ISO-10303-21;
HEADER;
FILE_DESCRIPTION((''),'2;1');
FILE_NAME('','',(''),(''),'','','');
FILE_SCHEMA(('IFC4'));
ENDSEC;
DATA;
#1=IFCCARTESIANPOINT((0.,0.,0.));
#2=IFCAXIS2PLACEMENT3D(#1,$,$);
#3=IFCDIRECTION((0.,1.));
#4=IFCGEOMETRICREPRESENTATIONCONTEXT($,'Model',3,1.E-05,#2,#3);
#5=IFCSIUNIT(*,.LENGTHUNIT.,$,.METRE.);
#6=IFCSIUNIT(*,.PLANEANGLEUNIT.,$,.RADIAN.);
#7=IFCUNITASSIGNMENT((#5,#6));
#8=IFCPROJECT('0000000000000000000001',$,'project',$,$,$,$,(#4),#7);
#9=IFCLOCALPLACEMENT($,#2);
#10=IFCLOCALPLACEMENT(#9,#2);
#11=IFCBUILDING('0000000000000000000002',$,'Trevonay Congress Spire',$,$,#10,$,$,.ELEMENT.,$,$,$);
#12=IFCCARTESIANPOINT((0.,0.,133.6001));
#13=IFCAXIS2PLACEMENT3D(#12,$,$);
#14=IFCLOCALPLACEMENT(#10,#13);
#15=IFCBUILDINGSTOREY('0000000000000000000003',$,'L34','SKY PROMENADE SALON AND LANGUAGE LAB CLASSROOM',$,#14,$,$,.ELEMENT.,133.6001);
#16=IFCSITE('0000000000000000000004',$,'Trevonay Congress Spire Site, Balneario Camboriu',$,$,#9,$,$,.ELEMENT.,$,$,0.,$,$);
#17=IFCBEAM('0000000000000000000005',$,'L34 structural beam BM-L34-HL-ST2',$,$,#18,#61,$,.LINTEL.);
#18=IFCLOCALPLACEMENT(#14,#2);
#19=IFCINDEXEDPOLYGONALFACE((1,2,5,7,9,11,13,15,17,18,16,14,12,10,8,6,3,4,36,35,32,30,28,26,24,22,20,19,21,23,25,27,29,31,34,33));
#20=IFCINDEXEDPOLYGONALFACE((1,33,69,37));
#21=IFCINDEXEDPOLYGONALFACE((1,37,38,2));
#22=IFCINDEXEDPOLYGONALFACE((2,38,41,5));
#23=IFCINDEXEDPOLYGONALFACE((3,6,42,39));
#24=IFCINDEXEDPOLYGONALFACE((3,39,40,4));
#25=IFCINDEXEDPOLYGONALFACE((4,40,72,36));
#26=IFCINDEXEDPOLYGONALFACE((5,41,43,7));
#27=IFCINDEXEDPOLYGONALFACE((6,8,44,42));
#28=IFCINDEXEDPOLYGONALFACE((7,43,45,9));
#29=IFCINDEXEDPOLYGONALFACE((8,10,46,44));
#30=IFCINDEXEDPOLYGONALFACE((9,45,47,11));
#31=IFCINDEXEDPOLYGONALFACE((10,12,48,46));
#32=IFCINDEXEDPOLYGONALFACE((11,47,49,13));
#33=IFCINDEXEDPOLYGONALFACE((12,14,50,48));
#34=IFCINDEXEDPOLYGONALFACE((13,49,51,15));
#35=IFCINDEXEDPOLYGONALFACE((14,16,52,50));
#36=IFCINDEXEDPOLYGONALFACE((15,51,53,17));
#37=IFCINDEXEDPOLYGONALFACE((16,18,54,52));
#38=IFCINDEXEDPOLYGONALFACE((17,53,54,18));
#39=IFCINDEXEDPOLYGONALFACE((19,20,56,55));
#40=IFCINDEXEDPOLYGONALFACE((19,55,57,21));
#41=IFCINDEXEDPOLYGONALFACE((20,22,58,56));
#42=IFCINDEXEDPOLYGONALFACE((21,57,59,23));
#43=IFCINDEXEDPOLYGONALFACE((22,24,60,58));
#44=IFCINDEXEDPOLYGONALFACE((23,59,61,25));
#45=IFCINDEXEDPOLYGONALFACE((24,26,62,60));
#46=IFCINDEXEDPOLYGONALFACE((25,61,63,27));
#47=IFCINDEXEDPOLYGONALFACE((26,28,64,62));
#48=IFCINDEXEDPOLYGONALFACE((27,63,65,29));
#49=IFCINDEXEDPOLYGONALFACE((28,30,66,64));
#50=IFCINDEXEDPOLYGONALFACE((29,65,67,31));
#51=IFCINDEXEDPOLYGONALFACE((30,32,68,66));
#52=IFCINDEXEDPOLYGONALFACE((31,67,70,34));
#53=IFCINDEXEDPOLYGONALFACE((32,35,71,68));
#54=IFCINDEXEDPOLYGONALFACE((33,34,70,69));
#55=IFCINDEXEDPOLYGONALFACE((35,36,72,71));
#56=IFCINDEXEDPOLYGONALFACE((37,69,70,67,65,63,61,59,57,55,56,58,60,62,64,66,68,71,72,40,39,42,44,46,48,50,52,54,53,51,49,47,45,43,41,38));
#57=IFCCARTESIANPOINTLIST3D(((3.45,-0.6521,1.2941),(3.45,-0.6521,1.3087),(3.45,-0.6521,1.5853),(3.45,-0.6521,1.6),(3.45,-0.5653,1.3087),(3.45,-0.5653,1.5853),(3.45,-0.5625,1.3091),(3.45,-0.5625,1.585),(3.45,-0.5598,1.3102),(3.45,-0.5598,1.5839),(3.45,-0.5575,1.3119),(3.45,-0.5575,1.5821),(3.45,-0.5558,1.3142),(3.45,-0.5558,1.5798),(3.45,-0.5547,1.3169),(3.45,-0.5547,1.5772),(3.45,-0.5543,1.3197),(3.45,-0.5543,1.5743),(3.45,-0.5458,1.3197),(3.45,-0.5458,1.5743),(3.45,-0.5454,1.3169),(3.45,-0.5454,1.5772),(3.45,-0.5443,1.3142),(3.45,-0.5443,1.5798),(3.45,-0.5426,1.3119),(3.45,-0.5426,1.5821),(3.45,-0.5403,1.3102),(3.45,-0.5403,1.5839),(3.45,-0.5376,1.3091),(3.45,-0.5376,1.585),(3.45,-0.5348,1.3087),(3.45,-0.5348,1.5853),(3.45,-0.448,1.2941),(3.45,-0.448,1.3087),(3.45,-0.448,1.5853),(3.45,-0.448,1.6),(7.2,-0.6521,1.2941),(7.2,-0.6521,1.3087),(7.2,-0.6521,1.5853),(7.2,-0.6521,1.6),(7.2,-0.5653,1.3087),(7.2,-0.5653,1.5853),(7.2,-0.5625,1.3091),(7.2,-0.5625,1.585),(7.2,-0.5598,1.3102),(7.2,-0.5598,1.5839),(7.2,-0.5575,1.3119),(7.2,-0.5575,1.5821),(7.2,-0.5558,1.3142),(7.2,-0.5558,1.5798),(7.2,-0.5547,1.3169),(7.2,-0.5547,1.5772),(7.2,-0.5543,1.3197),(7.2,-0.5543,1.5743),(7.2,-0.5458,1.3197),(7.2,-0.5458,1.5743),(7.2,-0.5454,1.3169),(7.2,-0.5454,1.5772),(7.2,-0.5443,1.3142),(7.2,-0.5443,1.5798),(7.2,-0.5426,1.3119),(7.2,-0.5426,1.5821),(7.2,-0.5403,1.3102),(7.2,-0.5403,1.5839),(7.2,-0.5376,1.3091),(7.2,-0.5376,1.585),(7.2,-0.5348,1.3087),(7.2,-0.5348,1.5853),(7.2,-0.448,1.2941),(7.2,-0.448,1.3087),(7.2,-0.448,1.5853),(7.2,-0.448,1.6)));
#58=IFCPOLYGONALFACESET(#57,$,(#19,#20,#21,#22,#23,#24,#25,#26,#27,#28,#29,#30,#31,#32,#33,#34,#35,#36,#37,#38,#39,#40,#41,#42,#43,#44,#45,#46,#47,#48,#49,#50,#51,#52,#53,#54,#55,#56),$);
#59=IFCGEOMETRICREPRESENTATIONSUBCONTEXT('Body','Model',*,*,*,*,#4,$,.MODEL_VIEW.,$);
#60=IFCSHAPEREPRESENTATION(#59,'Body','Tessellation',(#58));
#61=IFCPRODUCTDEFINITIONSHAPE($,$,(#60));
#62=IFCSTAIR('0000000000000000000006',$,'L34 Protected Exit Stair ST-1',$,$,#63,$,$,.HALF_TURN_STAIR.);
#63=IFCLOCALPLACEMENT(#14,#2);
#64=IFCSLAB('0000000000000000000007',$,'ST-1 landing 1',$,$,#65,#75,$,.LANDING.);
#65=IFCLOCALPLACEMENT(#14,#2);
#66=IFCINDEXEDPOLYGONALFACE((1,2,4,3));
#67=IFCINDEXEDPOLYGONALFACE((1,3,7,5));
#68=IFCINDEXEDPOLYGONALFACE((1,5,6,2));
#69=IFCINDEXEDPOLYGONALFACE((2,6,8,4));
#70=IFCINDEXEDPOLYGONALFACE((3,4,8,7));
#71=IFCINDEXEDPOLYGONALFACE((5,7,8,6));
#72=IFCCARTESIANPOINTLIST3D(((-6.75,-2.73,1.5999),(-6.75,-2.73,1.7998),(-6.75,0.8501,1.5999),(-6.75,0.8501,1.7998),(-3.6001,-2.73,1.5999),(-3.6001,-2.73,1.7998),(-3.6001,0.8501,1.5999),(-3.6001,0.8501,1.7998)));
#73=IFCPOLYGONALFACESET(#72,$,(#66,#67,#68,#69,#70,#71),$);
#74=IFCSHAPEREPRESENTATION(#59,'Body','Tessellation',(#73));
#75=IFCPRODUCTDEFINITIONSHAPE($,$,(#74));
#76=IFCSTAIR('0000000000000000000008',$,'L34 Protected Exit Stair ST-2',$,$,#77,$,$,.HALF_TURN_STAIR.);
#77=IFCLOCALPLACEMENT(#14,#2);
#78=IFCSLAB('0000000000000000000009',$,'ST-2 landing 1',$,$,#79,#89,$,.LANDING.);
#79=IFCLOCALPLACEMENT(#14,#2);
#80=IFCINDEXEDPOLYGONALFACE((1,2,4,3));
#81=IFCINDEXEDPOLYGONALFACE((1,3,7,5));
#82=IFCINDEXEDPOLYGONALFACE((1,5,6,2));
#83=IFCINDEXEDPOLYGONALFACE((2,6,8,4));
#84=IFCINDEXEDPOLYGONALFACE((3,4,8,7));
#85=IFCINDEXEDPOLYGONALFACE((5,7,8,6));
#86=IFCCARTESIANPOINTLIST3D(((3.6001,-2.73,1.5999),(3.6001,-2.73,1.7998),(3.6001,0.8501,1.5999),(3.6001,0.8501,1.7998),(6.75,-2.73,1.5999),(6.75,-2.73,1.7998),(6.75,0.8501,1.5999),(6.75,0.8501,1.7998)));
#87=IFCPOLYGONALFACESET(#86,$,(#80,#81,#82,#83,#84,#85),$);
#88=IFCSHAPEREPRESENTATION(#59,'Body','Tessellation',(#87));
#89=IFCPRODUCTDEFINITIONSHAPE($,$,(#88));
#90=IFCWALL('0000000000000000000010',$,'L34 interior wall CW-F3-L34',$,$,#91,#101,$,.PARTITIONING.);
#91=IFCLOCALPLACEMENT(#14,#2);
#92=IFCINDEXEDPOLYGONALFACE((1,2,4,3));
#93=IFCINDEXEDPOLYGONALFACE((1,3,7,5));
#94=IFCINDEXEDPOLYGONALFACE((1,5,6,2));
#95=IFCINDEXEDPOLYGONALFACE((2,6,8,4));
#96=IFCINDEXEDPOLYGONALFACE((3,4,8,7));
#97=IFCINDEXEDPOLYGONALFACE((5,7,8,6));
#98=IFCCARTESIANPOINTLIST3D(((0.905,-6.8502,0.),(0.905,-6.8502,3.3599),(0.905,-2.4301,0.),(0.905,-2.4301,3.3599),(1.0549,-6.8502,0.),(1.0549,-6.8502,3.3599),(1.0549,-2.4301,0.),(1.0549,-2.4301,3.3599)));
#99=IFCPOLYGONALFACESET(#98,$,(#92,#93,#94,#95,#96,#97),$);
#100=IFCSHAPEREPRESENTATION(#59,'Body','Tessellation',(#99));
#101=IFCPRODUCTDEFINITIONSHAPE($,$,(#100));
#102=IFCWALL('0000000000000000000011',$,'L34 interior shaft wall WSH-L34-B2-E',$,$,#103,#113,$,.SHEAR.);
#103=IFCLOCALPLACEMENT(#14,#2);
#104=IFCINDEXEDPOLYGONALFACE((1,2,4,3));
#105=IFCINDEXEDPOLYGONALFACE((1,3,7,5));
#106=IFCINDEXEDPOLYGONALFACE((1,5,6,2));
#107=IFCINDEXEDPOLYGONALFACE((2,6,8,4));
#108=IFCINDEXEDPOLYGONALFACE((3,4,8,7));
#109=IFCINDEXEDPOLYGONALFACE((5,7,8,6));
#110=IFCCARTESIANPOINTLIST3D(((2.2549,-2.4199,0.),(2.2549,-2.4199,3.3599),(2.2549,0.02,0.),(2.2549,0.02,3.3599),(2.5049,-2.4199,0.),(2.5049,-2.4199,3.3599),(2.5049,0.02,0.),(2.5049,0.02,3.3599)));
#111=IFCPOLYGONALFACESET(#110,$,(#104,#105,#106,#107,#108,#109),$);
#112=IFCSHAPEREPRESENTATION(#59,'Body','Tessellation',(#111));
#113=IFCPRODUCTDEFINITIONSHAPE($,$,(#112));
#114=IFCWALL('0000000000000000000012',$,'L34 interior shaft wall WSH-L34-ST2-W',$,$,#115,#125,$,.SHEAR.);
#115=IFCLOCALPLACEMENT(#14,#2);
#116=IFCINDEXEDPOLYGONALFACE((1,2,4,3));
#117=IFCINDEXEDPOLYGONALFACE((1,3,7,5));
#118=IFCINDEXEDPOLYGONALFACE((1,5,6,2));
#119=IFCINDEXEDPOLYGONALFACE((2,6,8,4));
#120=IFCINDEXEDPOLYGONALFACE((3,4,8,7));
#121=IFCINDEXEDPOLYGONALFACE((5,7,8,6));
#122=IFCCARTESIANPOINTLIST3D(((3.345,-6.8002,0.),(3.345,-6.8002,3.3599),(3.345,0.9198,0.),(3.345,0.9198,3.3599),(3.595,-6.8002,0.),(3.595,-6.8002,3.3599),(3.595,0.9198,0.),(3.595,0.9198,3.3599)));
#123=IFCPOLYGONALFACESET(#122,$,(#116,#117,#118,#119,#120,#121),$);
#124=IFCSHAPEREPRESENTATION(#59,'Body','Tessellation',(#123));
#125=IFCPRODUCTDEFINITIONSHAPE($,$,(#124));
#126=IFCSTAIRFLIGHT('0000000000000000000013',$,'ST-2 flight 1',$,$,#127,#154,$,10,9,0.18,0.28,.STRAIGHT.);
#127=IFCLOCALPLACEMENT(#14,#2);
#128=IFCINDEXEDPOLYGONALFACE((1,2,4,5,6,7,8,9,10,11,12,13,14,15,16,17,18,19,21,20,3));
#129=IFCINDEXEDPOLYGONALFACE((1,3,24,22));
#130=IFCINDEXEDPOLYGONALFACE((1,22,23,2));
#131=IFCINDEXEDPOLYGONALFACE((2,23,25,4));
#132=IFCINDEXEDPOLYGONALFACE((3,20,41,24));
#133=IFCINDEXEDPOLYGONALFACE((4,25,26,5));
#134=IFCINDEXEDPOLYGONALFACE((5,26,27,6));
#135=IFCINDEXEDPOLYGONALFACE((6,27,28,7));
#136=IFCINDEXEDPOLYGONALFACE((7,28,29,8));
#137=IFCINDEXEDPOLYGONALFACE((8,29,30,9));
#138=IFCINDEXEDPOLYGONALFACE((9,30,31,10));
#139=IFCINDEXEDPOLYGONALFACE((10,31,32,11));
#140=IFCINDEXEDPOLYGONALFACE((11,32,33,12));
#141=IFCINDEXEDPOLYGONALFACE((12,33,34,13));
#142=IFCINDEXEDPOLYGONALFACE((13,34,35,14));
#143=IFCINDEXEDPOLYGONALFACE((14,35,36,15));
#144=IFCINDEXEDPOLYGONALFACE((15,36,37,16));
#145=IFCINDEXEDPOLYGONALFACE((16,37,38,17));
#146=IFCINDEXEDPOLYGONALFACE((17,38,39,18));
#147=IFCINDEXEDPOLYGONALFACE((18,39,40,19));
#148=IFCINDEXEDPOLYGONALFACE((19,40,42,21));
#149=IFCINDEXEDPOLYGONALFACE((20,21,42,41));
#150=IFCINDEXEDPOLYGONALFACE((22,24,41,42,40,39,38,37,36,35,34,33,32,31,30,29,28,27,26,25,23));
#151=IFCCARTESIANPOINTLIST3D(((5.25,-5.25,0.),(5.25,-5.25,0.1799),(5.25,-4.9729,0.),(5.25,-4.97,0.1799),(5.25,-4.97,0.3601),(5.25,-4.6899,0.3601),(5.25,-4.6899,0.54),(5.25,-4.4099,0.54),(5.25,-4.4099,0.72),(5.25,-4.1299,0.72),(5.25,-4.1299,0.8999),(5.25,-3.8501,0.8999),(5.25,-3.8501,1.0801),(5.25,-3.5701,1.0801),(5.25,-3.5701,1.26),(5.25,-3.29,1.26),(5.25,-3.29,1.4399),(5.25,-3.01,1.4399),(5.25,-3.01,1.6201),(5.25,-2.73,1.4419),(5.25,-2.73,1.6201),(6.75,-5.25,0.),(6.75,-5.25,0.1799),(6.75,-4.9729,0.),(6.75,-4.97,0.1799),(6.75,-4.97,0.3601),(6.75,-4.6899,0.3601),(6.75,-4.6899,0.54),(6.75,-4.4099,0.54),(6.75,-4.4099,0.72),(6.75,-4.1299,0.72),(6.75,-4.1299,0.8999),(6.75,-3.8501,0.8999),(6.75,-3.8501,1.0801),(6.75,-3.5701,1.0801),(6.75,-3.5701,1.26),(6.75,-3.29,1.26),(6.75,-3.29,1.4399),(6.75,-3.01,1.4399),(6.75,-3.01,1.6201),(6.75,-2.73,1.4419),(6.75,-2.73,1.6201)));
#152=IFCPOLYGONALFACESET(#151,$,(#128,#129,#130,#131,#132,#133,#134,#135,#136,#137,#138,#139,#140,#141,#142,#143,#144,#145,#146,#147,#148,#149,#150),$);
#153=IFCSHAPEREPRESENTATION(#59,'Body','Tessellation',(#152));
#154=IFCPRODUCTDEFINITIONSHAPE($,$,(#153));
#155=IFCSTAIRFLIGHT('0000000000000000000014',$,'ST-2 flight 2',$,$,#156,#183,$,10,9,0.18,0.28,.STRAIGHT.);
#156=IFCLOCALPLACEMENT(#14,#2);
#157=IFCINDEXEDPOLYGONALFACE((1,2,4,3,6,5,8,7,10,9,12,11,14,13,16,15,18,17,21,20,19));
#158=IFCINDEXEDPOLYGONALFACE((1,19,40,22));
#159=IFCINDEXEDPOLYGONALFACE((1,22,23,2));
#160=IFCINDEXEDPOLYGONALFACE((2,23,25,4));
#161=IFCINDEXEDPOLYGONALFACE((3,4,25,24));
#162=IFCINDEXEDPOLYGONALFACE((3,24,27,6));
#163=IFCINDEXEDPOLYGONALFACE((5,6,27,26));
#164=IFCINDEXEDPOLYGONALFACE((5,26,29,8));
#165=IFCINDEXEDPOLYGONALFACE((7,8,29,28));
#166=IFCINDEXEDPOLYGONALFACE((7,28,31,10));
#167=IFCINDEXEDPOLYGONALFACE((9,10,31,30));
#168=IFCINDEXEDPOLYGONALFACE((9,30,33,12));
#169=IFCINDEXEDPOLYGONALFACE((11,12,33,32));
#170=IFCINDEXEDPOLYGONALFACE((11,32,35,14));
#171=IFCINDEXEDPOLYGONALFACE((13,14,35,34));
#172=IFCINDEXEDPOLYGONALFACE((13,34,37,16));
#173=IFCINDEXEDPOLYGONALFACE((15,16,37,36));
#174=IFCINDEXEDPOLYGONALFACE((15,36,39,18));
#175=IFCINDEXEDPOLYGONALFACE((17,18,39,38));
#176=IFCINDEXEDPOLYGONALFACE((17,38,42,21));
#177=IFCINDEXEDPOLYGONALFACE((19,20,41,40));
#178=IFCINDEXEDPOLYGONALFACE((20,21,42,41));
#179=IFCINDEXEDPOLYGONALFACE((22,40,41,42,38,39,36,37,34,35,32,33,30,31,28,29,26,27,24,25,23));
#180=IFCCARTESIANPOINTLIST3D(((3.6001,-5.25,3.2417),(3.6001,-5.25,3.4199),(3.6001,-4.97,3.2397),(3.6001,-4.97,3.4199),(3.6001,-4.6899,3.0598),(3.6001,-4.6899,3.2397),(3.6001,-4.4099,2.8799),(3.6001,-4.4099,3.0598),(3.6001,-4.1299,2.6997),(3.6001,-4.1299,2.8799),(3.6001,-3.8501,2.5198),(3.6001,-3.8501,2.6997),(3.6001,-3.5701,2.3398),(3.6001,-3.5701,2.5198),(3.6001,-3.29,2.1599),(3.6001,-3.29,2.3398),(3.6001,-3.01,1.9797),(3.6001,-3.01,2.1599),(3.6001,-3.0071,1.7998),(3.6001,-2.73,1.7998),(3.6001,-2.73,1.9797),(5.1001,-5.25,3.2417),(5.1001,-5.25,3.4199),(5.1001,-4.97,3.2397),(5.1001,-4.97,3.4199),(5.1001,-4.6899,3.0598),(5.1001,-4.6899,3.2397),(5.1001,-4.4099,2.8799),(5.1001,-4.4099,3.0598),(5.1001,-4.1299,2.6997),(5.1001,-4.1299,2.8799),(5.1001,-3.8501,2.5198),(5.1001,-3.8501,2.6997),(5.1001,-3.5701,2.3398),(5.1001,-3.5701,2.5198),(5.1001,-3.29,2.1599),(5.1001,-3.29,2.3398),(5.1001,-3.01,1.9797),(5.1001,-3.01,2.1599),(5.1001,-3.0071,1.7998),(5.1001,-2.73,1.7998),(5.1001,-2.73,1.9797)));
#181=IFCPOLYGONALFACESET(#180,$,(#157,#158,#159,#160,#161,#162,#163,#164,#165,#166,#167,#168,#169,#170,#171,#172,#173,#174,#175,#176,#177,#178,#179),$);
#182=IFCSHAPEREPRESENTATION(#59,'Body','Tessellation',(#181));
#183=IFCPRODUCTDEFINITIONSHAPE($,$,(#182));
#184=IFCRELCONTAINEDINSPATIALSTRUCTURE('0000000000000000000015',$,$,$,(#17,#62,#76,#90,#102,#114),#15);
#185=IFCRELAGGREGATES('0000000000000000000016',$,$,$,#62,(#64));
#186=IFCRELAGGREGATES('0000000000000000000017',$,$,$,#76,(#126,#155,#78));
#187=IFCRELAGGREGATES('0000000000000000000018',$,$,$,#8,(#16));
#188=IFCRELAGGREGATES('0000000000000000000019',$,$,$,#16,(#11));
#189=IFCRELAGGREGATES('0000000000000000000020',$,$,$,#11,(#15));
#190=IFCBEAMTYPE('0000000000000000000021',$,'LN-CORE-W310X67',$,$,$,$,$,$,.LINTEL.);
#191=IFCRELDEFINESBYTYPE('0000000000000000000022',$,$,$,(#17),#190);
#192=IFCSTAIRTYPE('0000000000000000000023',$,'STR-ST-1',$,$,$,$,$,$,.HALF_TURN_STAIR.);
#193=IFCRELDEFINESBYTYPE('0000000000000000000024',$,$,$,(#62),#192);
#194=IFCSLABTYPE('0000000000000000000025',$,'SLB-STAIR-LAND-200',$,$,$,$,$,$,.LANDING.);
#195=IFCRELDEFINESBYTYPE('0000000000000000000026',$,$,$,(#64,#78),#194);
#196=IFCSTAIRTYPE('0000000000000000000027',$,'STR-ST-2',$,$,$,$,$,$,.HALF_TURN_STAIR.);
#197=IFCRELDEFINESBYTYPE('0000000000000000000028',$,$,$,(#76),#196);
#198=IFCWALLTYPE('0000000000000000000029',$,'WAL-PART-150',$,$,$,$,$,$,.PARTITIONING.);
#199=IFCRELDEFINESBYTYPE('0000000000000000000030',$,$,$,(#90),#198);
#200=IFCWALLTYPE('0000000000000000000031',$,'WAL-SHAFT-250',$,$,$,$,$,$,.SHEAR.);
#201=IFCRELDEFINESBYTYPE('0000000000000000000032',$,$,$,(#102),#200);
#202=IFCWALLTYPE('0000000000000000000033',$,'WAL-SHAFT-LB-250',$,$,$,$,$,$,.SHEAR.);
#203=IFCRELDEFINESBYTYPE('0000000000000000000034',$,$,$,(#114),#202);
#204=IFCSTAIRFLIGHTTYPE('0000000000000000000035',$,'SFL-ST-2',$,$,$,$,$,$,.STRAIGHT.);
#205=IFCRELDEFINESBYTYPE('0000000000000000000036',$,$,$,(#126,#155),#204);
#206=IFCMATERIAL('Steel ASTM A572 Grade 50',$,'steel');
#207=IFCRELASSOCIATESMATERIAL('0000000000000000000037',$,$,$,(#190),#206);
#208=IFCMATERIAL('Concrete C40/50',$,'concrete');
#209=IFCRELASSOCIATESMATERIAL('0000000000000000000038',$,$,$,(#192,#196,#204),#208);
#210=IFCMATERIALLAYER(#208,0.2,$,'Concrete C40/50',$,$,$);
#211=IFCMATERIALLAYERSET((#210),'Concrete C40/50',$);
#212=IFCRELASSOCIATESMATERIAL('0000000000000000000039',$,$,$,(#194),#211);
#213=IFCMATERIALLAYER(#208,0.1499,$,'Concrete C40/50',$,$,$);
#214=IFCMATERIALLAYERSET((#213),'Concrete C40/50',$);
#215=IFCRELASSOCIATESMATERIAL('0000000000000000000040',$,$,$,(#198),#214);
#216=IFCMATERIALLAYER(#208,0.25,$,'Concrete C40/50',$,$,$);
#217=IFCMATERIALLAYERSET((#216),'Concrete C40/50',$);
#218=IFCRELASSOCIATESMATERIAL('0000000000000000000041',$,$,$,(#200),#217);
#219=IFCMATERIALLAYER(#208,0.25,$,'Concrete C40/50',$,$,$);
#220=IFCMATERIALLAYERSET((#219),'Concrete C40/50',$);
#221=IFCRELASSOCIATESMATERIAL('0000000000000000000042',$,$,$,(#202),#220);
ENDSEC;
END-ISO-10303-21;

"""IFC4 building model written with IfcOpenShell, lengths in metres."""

from ifc_helpers import new_model, si_unit, direction, frame, frame_2d, origin, origin_2d, place, context, subcontext, project, spatial, polyline, rectangle, i_section, outline, extrude, material, layer, layer_set, material_profile, profile_set, type_object, element, aggregate, save


model = new_model("IFC4")

# Units and contexts
model_context = context("Model", 3, precision=1e-05, world=origin(), true_north=direction((0.0, 1.0)))
body_context = subcontext(model_context, "Body", "Model", "MODEL_VIEW")
ifc_project = project(units=[si_unit("LENGTHUNIT", "METRE"), si_unit("PLANEANGLEUNIT", "RADIAN")], contexts=[model_context])

# Site, building, storey
site_placement = place(None, origin())
site = spatial("IfcSite", under=ifc_project, at=site_placement, Name="Trevonay Congress Spire Site, Balneario Camboriu", CompositionType="ELEMENT", RefElevation=0.0)
building_placement = place(site_placement, origin())
building = spatial("IfcBuilding", under=site, at=building_placement, Name="Trevonay Congress Spire", CompositionType="ELEMENT")
storey_placement = place(building_placement, frame((0.0, 0.0, 133.6001)))
storey = spatial("IfcBuildingStorey", under=building, at=storey_placement, Name="L34", Description="SKY PROMENADE SALON AND LANGUAGE LAB CLASSROOM", CompositionType="ELEMENT", Elevation=133.6001)

# Beam
ifc_material_1 = material(Name="Steel ASTM A572 Grade 50", Category="steel")
ifc_material_profile = material_profile(ifc_material_1, i_section(OverallWidth=0.2041, OverallDepth=0.3059, WebThickness=0.0085, FlangeThickness=0.0146, FilletRadius=0.011, at=origin_2d()), Name="W310x67")
ifc_profile_set = profile_set([ifc_material_profile], Name="Steel ASTM A572 Grade 50")
beam_type = type_object("IfcBeamType", Name="LN-CORE-W310X67", PredefinedType="LINTEL", material=ifc_profile_set)
beam_placement = place(storey_placement, frame((3.45, -0.55, 1.447), z_axis=(1.0, 0.0, 0.0), x_axis=(0.0, 1.0, 0.0)))
element("IfcBeam", 1, at=beam_placement, inside=storey, type_object=beam_type, Name="L34 structural beam BM-L34-HL-ST2", PredefinedType="LINTEL", context=body_context, shape_type="SweptSolid", body=[
    extrude(i_section(OverallWidth=0.2041, OverallDepth=0.3059, WebThickness=0.0085, FlangeThickness=0.0146, FilletRadius=0.011, at=origin_2d()), origin(), (0.0, 0.0, 1.0), 3.75),
])

# Stairs, slabs
ifc_material_2 = material(Name="Concrete C40/50", Category="concrete")
stair_type_1 = type_object("IfcStairType", Name="STR-ST-1", PredefinedType="HALF_TURN_STAIR", material=ifc_material_2)
stair_1_placement = place(storey_placement, origin())
stair_1 = element("IfcStair", 2, at=stair_1_placement, inside=storey, type_object=stair_type_1, Name="L34 Protected Exit Stair ST-1", PredefinedType="HALF_TURN_STAIR")
ifc_layer_1 = layer(ifc_material_2, 0.2, Name="Concrete C40/50")
ifc_layer_set_1 = layer_set([ifc_layer_1], Name="Concrete C40/50")
slab_type = type_object("IfcSlabType", Name="SLB-STAIR-LAND-200", PredefinedType="LANDING", material=ifc_layer_set_1)
slab_1_placement = place(storey_placement, frame((0.0, 0.0, 1.5999)))
slab_1 = element("IfcSlab", 3, at=slab_1_placement, type_object=slab_type, Name="ST-1 landing 1", PredefinedType="LANDING", context=body_context, shape_type="SweptSolid", body=[
    extrude(outline(polyline([(-3.6001, -2.73), (-3.6001, 0.8501), (-6.75, 0.8501), (-6.75, -2.73), (-3.6001, -2.73)])), origin(), (0.0, 0.0, 1.0), 0.2),
])
aggregate(stair_1, [slab_1])
stair_type_2 = type_object("IfcStairType", Name="STR-ST-2", PredefinedType="HALF_TURN_STAIR", material=ifc_material_2)
stair_2_placement = place(storey_placement, origin())
stair_2 = element("IfcStair", 4, at=stair_2_placement, inside=storey, type_object=stair_type_2, Name="L34 Protected Exit Stair ST-2", PredefinedType="HALF_TURN_STAIR")
slab_2_placement = place(storey_placement, frame((0.0, 0.0, 1.5999)))
slab_2 = element("IfcSlab", 5, at=slab_2_placement, type_object=slab_type, Name="ST-2 landing 1", PredefinedType="LANDING", context=body_context, shape_type="SweptSolid", body=[
    extrude(outline(polyline([(6.75, -2.73), (6.75, 0.8501), (3.6001, 0.8501), (3.6001, -2.73), (6.75, -2.73)])), origin(), (0.0, 0.0, 1.0), 0.2),
])

# Walls
ifc_layer_2 = layer(ifc_material_2, 0.1499, Name="Concrete C40/50")
ifc_layer_set_2 = layer_set([ifc_layer_2], Name="Concrete C40/50")
wall_type_1 = type_object("IfcWallType", Name="WAL-PART-150", PredefinedType="PARTITIONING", material=ifc_layer_set_2)
wall_1_placement = place(storey_placement, frame((0.98, -6.8501, 0.0), z_axis=(0.0, 0.0, 1.0), x_axis=(0.0, 1.0, 0.0)))
element("IfcWall", 6, at=wall_1_placement, inside=storey, type_object=wall_type_1, Name="L34 interior wall CW-F3-L34", PredefinedType="PARTITIONING", context=body_context, shape_type="SweptSolid", body=[
    extrude(rectangle(XDim=4.4202, YDim=0.1499, at=frame_2d((2.21, 0.0))), origin(), (0.0, 0.0, 1.0), 3.3599),
])
ifc_layer_3 = layer(ifc_material_2, 0.25, Name="Concrete C40/50")
ifc_layer_set_3 = layer_set([ifc_layer_3], Name="Concrete C40/50")
wall_type_2 = type_object("IfcWallType", Name="WAL-SHAFT-250", PredefinedType="SHEAR", material=ifc_layer_set_3)
wall_2_placement = place(storey_placement, frame((2.3799, -2.4199, 0.0), z_axis=(0.0, 0.0, 1.0), x_axis=(0.0, 1.0, 0.0)))
element("IfcWall", 7, at=wall_2_placement, inside=storey, type_object=wall_type_2, Name="L34 interior shaft wall WSH-L34-B2-E", PredefinedType="SHEAR", context=body_context, shape_type="SweptSolid", body=[
    extrude(rectangle(XDim=2.4399, YDim=0.25, at=frame_2d((1.22, 0.0))), origin(), (0.0, 0.0, 1.0), 3.3599),
])
ifc_layer_4 = layer(ifc_material_2, 0.25, Name="Concrete C40/50")
ifc_layer_set_4 = layer_set([ifc_layer_4], Name="Concrete C40/50")
wall_type_3 = type_object("IfcWallType", Name="WAL-SHAFT-LB-250", PredefinedType="SHEAR", material=ifc_layer_set_4)
wall_3_placement = place(storey_placement, frame((3.47, -6.8, 0.0), z_axis=(0.0, 0.0, 1.0), x_axis=(0.0, 1.0, 0.0)))
element("IfcWall", 8, at=wall_3_placement, inside=storey, type_object=wall_type_3, Name="L34 interior shaft wall WSH-L34-ST2-W", PredefinedType="SHEAR", context=body_context, shape_type="SweptSolid", body=[
    extrude(rectangle(XDim=7.72, YDim=0.25, at=frame_2d((3.8599, 0.0))), origin(), (0.0, 0.0, 1.0), 3.3599),
])

# Stair flights
stair_flight_type = type_object("IfcStairFlightType", Name="SFL-ST-2", PredefinedType="STRAIGHT", material=ifc_material_2)
stair_flight_1_placement = place(storey_placement, frame((6.0, -5.25, 0.0), z_axis=(0.0, 0.0, 1.0), x_axis=(0.0, 1.0, 0.0)))
stair_flight_1 = element("IfcStairFlight", 9, at=stair_flight_1_placement, type_object=stair_flight_type, Name="ST-2 flight 1", NumberOfRisers=10, NumberOfTreads=9, PredefinedType="STRAIGHT", RiserHeight=0.18, TreadLength=0.28, context=body_context, shape_type="SweptSolid", body=[
    extrude(outline(polyline([(0.0, 0.0), (0.0, 0.1799), (0.28, 0.1799), (0.28, 0.3601), (0.5601, 0.3601), (0.5601, 0.54), (0.8401, 0.54), (0.8401, 0.72), (1.1201, 0.72), (1.1201, 0.8999), (1.3999, 0.8999), (1.3999, 1.0801), (1.6799, 1.0801), (1.6799, 1.26), (1.96, 1.26), (1.96, 1.4399), (2.24, 1.4399), (2.24, 1.6201), (2.52, 1.6201), (2.52, 1.8), (2.52, 1.4419), (0.2771, 0.0), (0.0, 0.0)])), frame((0.0, 0.75, 0.0), z_axis=(0.0, -1.0, 0.0), x_axis=(1.0, 0.0, 0.0)), (0.0, 0.0, 1.0), 1.5),
])
stair_flight_2_placement = place(storey_placement, frame((4.3501, -2.73, 1.7998), z_axis=(0.0, 0.0, 1.0), x_axis=(0.0, -1.0, 0.0)))
stair_flight_2 = element("IfcStairFlight", 10, at=stair_flight_2_placement, type_object=stair_flight_type, Name="ST-2 flight 2", NumberOfRisers=10, NumberOfTreads=9, PredefinedType="STRAIGHT", RiserHeight=0.18, TreadLength=0.28, context=body_context, shape_type="SweptSolid", body=[
    extrude(outline(polyline([(0.0, 0.0), (0.0, 0.1799), (0.28, 0.1799), (0.28, 0.3601), (0.5601, 0.3601), (0.5601, 0.54), (0.8401, 0.54), (0.8401, 0.72), (1.1201, 0.72), (1.1201, 0.8999), (1.3999, 0.8999), (1.3999, 1.0801), (1.6799, 1.0801), (1.6799, 1.26), (1.96, 1.26), (1.96, 1.4399), (2.24, 1.4399), (2.24, 1.6201), (2.52, 1.6201), (2.52, 1.8), (2.52, 1.4419), (0.2771, 0.0), (0.0, 0.0)])), frame((0.0, 0.75, 0.0), z_axis=(0.0, -1.0, 0.0), x_axis=(1.0, 0.0, 0.0)), (0.0, 0.0, 1.0), 1.5),
])
aggregate(stair_2, [stair_flight_1, stair_flight_2, slab_2])

save(model, "model.ifc")
